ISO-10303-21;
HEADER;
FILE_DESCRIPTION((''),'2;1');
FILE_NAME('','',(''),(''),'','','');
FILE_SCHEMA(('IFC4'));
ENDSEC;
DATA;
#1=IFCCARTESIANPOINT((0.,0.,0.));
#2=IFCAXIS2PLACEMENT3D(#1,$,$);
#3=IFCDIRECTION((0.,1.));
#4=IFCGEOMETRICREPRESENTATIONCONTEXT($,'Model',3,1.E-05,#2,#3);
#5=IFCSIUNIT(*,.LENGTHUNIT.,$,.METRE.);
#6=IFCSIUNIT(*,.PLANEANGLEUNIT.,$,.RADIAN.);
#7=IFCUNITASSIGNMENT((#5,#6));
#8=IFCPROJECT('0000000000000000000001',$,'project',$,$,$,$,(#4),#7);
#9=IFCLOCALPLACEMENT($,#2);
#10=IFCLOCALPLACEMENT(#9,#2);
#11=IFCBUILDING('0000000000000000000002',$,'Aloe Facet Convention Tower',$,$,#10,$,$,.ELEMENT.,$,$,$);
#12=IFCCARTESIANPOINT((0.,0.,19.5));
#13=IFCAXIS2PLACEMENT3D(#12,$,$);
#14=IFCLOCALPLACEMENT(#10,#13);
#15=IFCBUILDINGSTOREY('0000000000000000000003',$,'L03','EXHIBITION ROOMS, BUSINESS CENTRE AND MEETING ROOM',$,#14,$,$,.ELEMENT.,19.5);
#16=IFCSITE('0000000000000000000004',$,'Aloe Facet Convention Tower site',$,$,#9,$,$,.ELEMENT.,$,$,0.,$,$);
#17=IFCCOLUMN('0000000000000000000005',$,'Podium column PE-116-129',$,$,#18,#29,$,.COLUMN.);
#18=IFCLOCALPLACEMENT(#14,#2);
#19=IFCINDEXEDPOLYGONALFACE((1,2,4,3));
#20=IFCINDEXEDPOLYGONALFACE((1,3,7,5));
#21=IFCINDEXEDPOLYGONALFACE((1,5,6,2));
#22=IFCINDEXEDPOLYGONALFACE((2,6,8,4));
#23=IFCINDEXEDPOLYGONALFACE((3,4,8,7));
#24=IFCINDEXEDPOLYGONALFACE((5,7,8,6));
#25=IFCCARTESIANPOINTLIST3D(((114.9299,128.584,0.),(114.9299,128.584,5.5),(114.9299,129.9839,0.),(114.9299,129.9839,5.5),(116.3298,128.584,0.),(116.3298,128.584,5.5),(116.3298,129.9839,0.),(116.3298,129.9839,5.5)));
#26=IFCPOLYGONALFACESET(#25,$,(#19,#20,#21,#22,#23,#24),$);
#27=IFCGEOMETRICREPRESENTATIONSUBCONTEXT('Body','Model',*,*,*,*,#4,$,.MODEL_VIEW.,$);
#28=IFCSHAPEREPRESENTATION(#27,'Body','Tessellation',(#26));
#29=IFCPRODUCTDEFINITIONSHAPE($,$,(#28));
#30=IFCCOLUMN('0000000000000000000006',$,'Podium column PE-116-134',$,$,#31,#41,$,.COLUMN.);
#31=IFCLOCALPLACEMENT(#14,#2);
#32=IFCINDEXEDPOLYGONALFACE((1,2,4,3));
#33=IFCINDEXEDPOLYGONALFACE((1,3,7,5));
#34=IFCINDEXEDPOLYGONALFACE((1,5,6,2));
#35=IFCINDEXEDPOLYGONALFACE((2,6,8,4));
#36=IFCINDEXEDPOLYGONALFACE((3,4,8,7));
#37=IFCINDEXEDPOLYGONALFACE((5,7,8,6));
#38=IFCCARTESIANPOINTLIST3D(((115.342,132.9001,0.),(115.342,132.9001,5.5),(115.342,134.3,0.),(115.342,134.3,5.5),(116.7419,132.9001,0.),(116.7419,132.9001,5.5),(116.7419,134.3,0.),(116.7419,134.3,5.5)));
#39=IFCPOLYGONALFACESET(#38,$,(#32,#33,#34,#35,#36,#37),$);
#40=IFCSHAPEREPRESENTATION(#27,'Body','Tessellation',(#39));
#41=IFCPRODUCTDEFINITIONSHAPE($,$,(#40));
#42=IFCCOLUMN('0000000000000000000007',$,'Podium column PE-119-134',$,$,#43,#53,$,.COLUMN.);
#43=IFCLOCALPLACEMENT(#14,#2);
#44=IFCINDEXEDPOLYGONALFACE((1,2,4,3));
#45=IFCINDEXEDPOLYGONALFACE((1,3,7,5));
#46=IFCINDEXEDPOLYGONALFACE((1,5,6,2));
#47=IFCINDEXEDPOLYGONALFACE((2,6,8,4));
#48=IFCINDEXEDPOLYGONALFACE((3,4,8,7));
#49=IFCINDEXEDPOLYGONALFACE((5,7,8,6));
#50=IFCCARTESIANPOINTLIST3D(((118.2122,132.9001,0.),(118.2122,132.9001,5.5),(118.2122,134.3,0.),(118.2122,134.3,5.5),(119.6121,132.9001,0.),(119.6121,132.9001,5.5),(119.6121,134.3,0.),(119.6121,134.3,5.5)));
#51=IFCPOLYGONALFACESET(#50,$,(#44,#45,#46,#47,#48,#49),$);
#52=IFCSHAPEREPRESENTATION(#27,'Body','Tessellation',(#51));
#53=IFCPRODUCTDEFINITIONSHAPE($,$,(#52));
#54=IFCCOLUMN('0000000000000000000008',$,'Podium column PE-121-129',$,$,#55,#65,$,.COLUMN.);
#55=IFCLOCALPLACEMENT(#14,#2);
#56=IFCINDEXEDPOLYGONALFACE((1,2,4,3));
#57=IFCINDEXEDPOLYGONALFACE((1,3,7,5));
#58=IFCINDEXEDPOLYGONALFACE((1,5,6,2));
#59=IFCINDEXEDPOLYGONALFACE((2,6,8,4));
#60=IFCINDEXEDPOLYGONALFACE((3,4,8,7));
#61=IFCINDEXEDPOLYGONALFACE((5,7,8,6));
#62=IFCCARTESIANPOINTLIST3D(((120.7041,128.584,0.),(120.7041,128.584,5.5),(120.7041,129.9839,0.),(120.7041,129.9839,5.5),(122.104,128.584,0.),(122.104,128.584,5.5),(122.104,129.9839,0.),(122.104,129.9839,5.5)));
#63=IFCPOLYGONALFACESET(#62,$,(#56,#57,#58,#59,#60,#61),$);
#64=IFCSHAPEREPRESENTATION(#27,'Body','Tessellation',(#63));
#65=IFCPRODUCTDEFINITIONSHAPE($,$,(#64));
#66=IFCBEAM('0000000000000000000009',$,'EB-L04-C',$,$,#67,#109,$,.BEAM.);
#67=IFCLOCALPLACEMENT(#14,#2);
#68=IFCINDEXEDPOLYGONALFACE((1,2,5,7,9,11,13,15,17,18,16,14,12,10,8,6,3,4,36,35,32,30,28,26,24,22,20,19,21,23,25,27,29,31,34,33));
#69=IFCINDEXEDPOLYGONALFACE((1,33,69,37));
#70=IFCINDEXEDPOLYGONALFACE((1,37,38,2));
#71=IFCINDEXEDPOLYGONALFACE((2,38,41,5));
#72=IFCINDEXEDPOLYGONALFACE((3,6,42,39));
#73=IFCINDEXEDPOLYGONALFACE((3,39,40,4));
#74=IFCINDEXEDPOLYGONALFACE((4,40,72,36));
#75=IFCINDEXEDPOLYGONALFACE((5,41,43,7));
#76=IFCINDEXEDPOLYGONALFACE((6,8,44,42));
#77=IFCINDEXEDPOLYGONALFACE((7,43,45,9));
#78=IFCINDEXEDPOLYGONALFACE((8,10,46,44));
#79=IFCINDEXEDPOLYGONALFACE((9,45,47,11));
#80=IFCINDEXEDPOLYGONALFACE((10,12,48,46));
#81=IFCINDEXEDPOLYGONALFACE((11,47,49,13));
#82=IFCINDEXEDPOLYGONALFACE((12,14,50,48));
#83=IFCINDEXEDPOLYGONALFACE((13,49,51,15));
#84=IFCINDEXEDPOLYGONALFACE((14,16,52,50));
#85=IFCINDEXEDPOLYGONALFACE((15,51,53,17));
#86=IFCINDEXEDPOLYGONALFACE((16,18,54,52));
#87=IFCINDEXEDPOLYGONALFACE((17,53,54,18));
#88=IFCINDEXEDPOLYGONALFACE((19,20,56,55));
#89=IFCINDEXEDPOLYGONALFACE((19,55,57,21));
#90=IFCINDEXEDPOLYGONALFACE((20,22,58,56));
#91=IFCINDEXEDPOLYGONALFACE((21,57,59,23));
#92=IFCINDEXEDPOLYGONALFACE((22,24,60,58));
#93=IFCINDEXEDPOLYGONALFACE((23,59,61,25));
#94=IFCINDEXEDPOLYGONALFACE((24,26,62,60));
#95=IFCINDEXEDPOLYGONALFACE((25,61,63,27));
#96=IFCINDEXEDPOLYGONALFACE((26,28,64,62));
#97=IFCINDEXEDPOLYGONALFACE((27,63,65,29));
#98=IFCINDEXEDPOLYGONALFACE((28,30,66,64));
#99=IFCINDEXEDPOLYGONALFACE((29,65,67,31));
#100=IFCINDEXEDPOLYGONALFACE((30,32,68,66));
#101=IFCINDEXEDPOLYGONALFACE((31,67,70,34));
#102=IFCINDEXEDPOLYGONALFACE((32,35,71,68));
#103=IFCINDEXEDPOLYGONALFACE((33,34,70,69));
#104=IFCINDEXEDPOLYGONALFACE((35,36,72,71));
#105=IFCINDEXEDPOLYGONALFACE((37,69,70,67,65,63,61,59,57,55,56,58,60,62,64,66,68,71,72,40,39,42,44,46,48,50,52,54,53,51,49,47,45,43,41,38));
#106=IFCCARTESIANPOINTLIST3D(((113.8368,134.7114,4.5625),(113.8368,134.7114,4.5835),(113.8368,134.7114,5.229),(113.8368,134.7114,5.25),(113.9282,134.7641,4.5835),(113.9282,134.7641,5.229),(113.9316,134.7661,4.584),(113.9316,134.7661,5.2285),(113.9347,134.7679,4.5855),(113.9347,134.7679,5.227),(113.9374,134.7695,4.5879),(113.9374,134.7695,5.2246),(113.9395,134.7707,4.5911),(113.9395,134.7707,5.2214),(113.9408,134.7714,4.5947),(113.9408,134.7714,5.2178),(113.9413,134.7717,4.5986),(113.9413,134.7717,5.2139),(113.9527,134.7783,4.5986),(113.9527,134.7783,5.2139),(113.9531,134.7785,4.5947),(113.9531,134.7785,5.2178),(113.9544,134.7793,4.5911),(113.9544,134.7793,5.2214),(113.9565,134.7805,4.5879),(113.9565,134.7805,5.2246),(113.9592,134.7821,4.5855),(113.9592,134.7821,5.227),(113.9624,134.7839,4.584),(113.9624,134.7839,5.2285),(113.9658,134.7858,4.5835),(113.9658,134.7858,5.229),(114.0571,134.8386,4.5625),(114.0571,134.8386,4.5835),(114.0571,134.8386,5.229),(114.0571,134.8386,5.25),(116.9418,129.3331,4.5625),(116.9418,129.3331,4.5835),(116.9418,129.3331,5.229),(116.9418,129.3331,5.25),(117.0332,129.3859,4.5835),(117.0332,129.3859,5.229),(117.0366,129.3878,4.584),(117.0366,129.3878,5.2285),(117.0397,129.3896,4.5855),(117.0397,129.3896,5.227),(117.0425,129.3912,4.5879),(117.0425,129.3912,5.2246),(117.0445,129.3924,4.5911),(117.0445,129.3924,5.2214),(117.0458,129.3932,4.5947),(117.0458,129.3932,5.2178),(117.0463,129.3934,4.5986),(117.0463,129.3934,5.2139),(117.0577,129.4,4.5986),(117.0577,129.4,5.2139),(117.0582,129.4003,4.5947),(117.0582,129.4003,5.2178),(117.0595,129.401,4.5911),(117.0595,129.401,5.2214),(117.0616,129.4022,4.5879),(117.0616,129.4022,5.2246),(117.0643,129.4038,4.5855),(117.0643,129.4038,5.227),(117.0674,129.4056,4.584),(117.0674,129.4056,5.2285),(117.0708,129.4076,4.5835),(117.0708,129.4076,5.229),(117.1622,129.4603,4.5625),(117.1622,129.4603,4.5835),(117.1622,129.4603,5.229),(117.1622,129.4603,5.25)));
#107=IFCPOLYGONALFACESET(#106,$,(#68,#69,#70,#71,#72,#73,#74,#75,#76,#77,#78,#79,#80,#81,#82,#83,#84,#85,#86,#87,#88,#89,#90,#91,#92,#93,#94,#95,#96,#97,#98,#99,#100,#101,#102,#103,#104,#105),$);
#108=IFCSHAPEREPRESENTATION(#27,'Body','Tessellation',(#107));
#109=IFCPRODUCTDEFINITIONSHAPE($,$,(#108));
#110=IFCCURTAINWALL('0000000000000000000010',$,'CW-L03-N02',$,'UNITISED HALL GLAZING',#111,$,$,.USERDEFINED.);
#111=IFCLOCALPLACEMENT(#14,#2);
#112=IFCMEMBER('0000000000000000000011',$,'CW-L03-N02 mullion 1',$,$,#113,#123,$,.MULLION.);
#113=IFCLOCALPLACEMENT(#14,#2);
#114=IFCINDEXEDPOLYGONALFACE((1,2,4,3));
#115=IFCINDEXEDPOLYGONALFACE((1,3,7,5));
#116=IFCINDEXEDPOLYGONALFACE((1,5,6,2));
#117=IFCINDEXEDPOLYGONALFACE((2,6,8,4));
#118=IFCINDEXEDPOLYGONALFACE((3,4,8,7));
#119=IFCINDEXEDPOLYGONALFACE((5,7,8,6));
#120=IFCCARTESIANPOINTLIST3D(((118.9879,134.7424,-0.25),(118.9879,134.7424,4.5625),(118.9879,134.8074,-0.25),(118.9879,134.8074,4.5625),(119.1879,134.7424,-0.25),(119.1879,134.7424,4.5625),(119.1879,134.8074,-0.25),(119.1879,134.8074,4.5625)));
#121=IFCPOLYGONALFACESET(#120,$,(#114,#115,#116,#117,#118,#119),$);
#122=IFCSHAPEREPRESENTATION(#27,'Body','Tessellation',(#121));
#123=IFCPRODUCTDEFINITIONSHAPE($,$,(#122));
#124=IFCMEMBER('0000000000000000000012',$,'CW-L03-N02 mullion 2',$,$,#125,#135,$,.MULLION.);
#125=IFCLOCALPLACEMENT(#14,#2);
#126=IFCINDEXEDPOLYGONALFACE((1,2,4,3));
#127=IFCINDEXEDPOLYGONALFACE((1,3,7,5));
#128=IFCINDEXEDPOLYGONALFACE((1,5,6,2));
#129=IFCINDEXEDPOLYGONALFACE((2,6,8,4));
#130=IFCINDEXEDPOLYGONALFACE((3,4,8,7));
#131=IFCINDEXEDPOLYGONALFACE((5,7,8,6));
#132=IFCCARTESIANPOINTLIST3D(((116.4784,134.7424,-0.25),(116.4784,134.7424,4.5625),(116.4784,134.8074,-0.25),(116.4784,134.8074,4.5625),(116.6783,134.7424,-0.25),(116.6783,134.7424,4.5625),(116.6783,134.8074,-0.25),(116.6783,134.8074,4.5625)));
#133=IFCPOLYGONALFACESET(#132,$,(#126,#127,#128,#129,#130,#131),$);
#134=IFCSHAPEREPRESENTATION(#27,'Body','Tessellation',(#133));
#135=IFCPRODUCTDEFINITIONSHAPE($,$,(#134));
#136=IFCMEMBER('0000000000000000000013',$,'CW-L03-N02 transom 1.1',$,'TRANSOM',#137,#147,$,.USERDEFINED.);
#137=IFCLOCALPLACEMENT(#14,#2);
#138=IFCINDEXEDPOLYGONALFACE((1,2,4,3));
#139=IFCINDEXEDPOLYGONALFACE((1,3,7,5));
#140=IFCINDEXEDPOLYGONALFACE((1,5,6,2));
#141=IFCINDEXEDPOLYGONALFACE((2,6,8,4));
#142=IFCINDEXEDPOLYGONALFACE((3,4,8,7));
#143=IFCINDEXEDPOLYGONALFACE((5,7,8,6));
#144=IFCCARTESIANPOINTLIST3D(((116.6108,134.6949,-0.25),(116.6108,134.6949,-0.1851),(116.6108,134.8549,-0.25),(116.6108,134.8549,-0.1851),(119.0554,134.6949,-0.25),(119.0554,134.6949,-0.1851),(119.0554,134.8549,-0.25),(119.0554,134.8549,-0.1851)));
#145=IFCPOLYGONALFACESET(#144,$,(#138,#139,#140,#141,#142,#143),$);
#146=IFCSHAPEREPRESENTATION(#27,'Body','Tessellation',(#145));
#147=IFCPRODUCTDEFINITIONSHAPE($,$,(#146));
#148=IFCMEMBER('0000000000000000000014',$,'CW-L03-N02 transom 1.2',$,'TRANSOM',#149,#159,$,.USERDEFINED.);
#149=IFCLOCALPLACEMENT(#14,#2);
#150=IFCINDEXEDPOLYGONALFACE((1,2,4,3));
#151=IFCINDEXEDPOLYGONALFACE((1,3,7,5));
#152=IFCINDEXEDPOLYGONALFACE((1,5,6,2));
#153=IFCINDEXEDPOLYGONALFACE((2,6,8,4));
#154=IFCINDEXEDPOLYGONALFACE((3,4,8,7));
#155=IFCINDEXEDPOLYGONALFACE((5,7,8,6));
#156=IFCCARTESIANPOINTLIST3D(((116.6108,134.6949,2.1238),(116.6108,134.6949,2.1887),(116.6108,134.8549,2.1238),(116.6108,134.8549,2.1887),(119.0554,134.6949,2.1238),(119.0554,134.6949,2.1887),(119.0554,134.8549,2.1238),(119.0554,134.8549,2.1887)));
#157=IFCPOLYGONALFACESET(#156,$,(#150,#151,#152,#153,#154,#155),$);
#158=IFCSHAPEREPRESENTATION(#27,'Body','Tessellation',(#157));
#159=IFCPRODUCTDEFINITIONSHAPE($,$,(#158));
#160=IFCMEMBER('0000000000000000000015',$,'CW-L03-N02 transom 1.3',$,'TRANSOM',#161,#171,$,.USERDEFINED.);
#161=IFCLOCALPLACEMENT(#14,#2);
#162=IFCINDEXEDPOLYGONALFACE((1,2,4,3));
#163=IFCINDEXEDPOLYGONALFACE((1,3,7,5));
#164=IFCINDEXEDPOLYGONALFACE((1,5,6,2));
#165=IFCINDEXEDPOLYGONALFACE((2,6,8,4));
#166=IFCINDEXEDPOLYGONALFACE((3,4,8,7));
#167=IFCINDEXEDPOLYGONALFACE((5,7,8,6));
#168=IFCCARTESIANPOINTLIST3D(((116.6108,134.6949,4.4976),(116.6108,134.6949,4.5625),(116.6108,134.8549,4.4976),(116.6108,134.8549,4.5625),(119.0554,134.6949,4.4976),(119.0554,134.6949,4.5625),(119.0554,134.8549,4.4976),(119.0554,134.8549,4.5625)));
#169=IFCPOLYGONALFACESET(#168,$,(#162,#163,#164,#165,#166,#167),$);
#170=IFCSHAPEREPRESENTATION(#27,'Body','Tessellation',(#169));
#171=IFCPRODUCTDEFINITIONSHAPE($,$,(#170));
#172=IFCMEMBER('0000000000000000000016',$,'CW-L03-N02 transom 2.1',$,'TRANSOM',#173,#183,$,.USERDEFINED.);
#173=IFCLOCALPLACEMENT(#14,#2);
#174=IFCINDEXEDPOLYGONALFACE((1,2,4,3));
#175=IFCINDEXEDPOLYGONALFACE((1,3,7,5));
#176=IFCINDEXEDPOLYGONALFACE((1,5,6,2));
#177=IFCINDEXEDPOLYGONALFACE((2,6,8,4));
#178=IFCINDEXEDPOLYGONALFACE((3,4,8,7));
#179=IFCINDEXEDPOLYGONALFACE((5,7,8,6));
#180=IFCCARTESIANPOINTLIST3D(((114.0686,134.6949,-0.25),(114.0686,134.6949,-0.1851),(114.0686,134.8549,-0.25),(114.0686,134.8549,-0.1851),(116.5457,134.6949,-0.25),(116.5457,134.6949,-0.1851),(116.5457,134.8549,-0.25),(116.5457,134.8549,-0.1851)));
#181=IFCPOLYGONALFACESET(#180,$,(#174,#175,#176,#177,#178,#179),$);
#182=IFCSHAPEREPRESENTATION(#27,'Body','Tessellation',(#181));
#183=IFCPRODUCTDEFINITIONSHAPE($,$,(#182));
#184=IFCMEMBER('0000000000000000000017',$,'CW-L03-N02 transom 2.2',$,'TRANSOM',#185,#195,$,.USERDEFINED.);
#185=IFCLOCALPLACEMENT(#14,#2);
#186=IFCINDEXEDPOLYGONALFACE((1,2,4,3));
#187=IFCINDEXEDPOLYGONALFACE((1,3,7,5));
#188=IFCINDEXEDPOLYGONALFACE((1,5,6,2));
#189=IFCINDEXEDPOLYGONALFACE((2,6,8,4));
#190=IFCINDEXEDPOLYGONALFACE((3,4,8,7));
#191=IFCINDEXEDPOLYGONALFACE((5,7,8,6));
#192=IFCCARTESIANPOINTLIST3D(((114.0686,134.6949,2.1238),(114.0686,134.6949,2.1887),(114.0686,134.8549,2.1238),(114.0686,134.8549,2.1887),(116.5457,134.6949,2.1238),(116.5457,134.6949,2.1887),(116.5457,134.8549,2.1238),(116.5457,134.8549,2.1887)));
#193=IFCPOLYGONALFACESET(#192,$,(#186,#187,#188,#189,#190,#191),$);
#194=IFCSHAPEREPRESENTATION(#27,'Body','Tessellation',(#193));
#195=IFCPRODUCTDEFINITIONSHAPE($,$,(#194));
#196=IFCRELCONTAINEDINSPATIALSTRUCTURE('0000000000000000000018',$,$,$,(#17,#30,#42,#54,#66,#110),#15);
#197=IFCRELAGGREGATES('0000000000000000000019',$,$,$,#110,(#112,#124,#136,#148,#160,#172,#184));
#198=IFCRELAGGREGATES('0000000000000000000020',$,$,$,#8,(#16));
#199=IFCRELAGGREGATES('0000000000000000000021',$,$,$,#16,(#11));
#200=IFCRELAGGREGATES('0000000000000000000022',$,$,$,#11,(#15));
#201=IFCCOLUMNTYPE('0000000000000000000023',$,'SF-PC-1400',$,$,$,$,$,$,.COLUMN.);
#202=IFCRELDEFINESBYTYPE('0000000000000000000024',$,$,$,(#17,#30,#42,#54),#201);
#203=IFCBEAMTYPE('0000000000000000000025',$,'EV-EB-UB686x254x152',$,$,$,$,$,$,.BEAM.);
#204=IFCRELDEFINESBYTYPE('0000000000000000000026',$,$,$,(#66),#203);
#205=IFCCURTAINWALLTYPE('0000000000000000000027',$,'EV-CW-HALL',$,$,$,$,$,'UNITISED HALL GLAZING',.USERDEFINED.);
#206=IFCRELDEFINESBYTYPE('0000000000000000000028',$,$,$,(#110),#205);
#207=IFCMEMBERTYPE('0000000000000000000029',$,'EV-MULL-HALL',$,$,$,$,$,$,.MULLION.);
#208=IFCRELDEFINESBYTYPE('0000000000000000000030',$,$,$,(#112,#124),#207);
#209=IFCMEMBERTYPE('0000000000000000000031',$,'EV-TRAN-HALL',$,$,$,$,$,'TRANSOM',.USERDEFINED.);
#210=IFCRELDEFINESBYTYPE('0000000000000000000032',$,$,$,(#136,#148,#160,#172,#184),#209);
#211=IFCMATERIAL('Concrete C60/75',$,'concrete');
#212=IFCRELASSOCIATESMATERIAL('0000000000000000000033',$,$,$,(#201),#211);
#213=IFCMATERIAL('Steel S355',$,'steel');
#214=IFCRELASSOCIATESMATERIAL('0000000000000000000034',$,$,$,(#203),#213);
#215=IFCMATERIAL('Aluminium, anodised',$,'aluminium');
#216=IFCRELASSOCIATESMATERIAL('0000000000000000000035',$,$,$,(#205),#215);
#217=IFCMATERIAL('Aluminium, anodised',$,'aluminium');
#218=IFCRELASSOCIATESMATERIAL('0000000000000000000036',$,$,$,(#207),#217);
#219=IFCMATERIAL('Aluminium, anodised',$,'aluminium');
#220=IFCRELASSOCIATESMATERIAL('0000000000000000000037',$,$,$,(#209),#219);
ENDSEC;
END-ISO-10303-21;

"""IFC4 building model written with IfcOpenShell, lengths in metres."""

from ifc_helpers import new_model, si_unit, direction, frame, origin, origin_2d, place, context, subcontext, project, spatial, rectangle, i_section, extrude, material, material_profile, profile_set, type_object, element, aggregate, save


model = new_model("IFC4")

# Units and contexts
model_context = context("Model", 3, precision=1e-05, world=origin(), true_north=direction((0.0, 1.0)))
body_context = subcontext(model_context, "Body", "Model", "MODEL_VIEW")
ifc_project = project(units=[si_unit("LENGTHUNIT", "METRE"), si_unit("PLANEANGLEUNIT", "RADIAN")], contexts=[model_context])

# Site, building, storey
site_placement = place(None, origin())
site = spatial("IfcSite", under=ifc_project, at=site_placement, Name="Aloe Facet Convention Tower site", CompositionType="ELEMENT", RefElevation=0.0)
building_placement = place(site_placement, origin())
building = spatial("IfcBuilding", under=site, at=building_placement, Name="Aloe Facet Convention Tower", CompositionType="ELEMENT")
storey_placement = place(building_placement, frame((0.0, 0.0, 19.5)))
storey = spatial("IfcBuildingStorey", under=building, at=storey_placement, Name="L03", Description="EXHIBITION ROOMS, BUSINESS CENTRE AND MEETING ROOM", CompositionType="ELEMENT", Elevation=19.5)

# Columns
ifc_material_1 = material(Name="Concrete C60/75", Category="concrete")
ifc_material_profile_1 = material_profile(ifc_material_1, rectangle(XDim=1.3999, YDim=1.3999, at=origin_2d()), Name="SF-PC-1400")
ifc_profile_set_1 = profile_set([ifc_material_profile_1], Name="Concrete C60/75")
column_type = type_object("IfcColumnType", Name="SF-PC-1400", PredefinedType="COLUMN", material=ifc_profile_set_1)
for number, where, z_axis, x_axis, name in (
    (1, (115.6299, 129.2839, 0.0), (0.0, 0.0, 1.0), (1.0, 0.0, 0.0), "Podium column PE-116-129"),
    (2, (116.042, 133.6001, 0.0), (0.0, 0.0, 1.0), (1.0, 0.0, 0.0), "Podium column PE-116-134"),
    (3, (118.9121, 133.6001, 0.0), (0.0, 0.0, 1.0), (1.0, 0.0, 0.0), "Podium column PE-119-134"),
    (4, (121.4041, 129.2839, 0.0), (0.0, 0.0, 1.0), (1.0, 0.0, 0.0), "Podium column PE-121-129"),
):
    element("IfcColumn", number, at=place(storey_placement, frame(where, z_axis=z_axis, x_axis=x_axis)), inside=storey, type_object=column_type, Name=name, PredefinedType="COLUMN", context=body_context, shape_type="SweptSolid", body=[
        extrude(rectangle(XDim=1.3999, YDim=1.3999, at=origin_2d()), origin(), (0.0, 0.0, 1.0), 5.5),
    ])

# Beam
ifc_material_2 = material(Name="Steel S355", Category="steel")
ifc_material_profile_2 = material_profile(ifc_material_2, i_section(OverallWidth=0.2544, OverallDepth=0.6875, WebThickness=0.0132, FlangeThickness=0.021, FilletRadius=0.0151, at=origin_2d()), Name="UB 686x254x152")
ifc_profile_set_2 = profile_set([ifc_material_profile_2], Name="Steel S355")
beam_type_1 = type_object("IfcBeamType", Name="EV-EB-UB686x254x152", PredefinedType="BEAM", material=ifc_profile_set_2)
beam_1_placement = place(storey_placement, frame((117.052, 129.3967, 4.9062), z_axis=(-0.499987, 0.866033, 0.0), x_axis=(-0.866033, -0.499987, 0.0)))
element("IfcBeam", 5, at=beam_1_placement, inside=storey, type_object=beam_type_1, Name="EB-L04-C", PredefinedType="BEAM", context=body_context, shape_type="SweptSolid", body=[
    extrude(i_section(OverallWidth=0.2544, OverallDepth=0.6875, WebThickness=0.0132, FlangeThickness=0.021, FilletRadius=0.0151, at=origin_2d()), origin(), (0.0, 0.0, 1.0), 6.2102),
])

# Curtain wall, members
ifc_material_3 = material(Name="Aluminium, anodised", Category="aluminium")
curtain_wall_type = type_object("IfcCurtainWallType", Name="EV-CW-HALL", ElementType="UNITISED HALL GLAZING", PredefinedType="USERDEFINED", material=ifc_material_3)
curtain_wall_placement = place(storey_placement, origin())
curtain_wall = element("IfcCurtainWall", 6, at=curtain_wall_placement, inside=storey, type_object=curtain_wall_type, Name="CW-L03-N02", ObjectType="UNITISED HALL GLAZING", PredefinedType="USERDEFINED")
ifc_material_4 = material(Name="Aluminium, anodised", Category="aluminium")
ifc_material_profile_3 = material_profile(ifc_material_4, rectangle(XDim=0.0649, YDim=0.2, at=origin_2d()), Name="AL 65x200")
ifc_profile_set_3 = profile_set([ifc_material_profile_3], Name="Aluminium, anodised")
member_type_1 = type_object("IfcMemberType", Name="EV-MULL-HALL", PredefinedType="MULLION", material=ifc_profile_set_3)
member_1_placement = place(storey_placement, frame((119.0879, 134.7749, -0.25), z_axis=(0.0, 0.0, 1.0), x_axis=(0.0, -1.0, 0.0)))
member_1 = element("IfcMember", 7, at=member_1_placement, type_object=member_type_1, Name="CW-L03-N02 mullion 1", PredefinedType="MULLION", context=body_context, shape_type="SweptSolid", body=[
    extrude(rectangle(XDim=0.0649, YDim=0.2, at=origin_2d()), origin(), (0.0, 0.0, 1.0), 4.8125),
])
member_2_placement = place(storey_placement, frame((116.5784, 134.7749, -0.25), z_axis=(0.0, 0.0, 1.0), x_axis=(0.0, -1.0, 0.0)))
member_2 = element("IfcMember", 8, at=member_2_placement, type_object=member_type_1, Name="CW-L03-N02 mullion 2", PredefinedType="MULLION", context=body_context, shape_type="SweptSolid", body=[
    extrude(rectangle(XDim=0.0649, YDim=0.2, at=origin_2d()), origin(), (0.0, 0.0, 1.0), 4.8125),
])
ifc_material_5 = material(Name="Aluminium, anodised", Category="aluminium")
ifc_material_profile_4 = material_profile(ifc_material_5, rectangle(XDim=0.1599, YDim=0.0649, at=origin_2d()), Name="AL 160x65")
ifc_profile_set_4 = profile_set([ifc_material_profile_4], Name="Aluminium, anodised")
member_type_2 = type_object("IfcMemberType", Name="EV-TRAN-HALL", ElementType="TRANSOM", PredefinedType="USERDEFINED", material=ifc_profile_set_4)
member_3_placement = place(storey_placement, frame((119.0554, 134.7749, -0.2175), z_axis=(-1.0, 0.0, 0.0), x_axis=(0.0, -1.0, 0.0)))
member_3 = element("IfcMember", 9, at=member_3_placement, type_object=member_type_2, Name="CW-L03-N02 transom 1.1", ObjectType="TRANSOM", PredefinedType="USERDEFINED", context=body_context, shape_type="SweptSolid", body=[
    extrude(rectangle(XDim=0.1599, YDim=0.0649, at=origin_2d()), origin(), (0.0, 0.0, 1.0), 2.4446),
])
member_4_placement = place(storey_placement, frame((119.0554, 134.7749, 2.1562), z_axis=(-1.0, 0.0, 0.0), x_axis=(0.0, -1.0, 0.0)))
member_4 = element("IfcMember", 10, at=member_4_placement, type_object=member_type_2, Name="CW-L03-N02 transom 1.2", ObjectType="TRANSOM", PredefinedType="USERDEFINED", context=body_context, shape_type="SweptSolid", body=[
    extrude(rectangle(XDim=0.1599, YDim=0.0649, at=origin_2d()), origin(), (0.0, 0.0, 1.0), 2.4446),
])
member_5_placement = place(storey_placement, frame((119.0554, 134.7749, 4.53), z_axis=(-1.0, 0.0, 0.0), x_axis=(0.0, -1.0, 0.0)))
member_5 = element("IfcMember", 11, at=member_5_placement, type_object=member_type_2, Name="CW-L03-N02 transom 1.3", ObjectType="TRANSOM", PredefinedType="USERDEFINED", context=body_context, shape_type="SweptSolid", body=[
    extrude(rectangle(XDim=0.1599, YDim=0.0649, at=origin_2d()), origin(), (0.0, 0.0, 1.0), 2.4446),
])
member_6_placement = place(storey_placement, frame((116.5457, 134.7749, -0.2175), z_axis=(-1.0, 0.0, 0.0), x_axis=(0.0, -1.0, 0.0)))
member_6 = element("IfcMember", 12, at=member_6_placement, type_object=member_type_2, Name="CW-L03-N02 transom 2.1", ObjectType="TRANSOM", PredefinedType="USERDEFINED", context=body_context, shape_type="SweptSolid", body=[
    extrude(rectangle(XDim=0.1599, YDim=0.0649, at=origin_2d()), origin(), (0.0, 0.0, 1.0), 2.4771),
])
member_7_placement = place(storey_placement, frame((116.5457, 134.7749, 2.1562), z_axis=(-1.0, 0.0, 0.0), x_axis=(0.0, -1.0, 0.0)))
member_7 = element("IfcMember", 13, at=member_7_placement, type_object=member_type_2, Name="CW-L03-N02 transom 2.2", ObjectType="TRANSOM", PredefinedType="USERDEFINED", context=body_context, shape_type="SweptSolid", body=[
    extrude(rectangle(XDim=0.1599, YDim=0.0649, at=origin_2d()), origin(), (0.0, 0.0, 1.0), 2.4771),
])

aggregate(curtain_wall, [member_1, member_2, member_3, member_4, member_5, member_6, member_7])

save(model, "model.ifc")
